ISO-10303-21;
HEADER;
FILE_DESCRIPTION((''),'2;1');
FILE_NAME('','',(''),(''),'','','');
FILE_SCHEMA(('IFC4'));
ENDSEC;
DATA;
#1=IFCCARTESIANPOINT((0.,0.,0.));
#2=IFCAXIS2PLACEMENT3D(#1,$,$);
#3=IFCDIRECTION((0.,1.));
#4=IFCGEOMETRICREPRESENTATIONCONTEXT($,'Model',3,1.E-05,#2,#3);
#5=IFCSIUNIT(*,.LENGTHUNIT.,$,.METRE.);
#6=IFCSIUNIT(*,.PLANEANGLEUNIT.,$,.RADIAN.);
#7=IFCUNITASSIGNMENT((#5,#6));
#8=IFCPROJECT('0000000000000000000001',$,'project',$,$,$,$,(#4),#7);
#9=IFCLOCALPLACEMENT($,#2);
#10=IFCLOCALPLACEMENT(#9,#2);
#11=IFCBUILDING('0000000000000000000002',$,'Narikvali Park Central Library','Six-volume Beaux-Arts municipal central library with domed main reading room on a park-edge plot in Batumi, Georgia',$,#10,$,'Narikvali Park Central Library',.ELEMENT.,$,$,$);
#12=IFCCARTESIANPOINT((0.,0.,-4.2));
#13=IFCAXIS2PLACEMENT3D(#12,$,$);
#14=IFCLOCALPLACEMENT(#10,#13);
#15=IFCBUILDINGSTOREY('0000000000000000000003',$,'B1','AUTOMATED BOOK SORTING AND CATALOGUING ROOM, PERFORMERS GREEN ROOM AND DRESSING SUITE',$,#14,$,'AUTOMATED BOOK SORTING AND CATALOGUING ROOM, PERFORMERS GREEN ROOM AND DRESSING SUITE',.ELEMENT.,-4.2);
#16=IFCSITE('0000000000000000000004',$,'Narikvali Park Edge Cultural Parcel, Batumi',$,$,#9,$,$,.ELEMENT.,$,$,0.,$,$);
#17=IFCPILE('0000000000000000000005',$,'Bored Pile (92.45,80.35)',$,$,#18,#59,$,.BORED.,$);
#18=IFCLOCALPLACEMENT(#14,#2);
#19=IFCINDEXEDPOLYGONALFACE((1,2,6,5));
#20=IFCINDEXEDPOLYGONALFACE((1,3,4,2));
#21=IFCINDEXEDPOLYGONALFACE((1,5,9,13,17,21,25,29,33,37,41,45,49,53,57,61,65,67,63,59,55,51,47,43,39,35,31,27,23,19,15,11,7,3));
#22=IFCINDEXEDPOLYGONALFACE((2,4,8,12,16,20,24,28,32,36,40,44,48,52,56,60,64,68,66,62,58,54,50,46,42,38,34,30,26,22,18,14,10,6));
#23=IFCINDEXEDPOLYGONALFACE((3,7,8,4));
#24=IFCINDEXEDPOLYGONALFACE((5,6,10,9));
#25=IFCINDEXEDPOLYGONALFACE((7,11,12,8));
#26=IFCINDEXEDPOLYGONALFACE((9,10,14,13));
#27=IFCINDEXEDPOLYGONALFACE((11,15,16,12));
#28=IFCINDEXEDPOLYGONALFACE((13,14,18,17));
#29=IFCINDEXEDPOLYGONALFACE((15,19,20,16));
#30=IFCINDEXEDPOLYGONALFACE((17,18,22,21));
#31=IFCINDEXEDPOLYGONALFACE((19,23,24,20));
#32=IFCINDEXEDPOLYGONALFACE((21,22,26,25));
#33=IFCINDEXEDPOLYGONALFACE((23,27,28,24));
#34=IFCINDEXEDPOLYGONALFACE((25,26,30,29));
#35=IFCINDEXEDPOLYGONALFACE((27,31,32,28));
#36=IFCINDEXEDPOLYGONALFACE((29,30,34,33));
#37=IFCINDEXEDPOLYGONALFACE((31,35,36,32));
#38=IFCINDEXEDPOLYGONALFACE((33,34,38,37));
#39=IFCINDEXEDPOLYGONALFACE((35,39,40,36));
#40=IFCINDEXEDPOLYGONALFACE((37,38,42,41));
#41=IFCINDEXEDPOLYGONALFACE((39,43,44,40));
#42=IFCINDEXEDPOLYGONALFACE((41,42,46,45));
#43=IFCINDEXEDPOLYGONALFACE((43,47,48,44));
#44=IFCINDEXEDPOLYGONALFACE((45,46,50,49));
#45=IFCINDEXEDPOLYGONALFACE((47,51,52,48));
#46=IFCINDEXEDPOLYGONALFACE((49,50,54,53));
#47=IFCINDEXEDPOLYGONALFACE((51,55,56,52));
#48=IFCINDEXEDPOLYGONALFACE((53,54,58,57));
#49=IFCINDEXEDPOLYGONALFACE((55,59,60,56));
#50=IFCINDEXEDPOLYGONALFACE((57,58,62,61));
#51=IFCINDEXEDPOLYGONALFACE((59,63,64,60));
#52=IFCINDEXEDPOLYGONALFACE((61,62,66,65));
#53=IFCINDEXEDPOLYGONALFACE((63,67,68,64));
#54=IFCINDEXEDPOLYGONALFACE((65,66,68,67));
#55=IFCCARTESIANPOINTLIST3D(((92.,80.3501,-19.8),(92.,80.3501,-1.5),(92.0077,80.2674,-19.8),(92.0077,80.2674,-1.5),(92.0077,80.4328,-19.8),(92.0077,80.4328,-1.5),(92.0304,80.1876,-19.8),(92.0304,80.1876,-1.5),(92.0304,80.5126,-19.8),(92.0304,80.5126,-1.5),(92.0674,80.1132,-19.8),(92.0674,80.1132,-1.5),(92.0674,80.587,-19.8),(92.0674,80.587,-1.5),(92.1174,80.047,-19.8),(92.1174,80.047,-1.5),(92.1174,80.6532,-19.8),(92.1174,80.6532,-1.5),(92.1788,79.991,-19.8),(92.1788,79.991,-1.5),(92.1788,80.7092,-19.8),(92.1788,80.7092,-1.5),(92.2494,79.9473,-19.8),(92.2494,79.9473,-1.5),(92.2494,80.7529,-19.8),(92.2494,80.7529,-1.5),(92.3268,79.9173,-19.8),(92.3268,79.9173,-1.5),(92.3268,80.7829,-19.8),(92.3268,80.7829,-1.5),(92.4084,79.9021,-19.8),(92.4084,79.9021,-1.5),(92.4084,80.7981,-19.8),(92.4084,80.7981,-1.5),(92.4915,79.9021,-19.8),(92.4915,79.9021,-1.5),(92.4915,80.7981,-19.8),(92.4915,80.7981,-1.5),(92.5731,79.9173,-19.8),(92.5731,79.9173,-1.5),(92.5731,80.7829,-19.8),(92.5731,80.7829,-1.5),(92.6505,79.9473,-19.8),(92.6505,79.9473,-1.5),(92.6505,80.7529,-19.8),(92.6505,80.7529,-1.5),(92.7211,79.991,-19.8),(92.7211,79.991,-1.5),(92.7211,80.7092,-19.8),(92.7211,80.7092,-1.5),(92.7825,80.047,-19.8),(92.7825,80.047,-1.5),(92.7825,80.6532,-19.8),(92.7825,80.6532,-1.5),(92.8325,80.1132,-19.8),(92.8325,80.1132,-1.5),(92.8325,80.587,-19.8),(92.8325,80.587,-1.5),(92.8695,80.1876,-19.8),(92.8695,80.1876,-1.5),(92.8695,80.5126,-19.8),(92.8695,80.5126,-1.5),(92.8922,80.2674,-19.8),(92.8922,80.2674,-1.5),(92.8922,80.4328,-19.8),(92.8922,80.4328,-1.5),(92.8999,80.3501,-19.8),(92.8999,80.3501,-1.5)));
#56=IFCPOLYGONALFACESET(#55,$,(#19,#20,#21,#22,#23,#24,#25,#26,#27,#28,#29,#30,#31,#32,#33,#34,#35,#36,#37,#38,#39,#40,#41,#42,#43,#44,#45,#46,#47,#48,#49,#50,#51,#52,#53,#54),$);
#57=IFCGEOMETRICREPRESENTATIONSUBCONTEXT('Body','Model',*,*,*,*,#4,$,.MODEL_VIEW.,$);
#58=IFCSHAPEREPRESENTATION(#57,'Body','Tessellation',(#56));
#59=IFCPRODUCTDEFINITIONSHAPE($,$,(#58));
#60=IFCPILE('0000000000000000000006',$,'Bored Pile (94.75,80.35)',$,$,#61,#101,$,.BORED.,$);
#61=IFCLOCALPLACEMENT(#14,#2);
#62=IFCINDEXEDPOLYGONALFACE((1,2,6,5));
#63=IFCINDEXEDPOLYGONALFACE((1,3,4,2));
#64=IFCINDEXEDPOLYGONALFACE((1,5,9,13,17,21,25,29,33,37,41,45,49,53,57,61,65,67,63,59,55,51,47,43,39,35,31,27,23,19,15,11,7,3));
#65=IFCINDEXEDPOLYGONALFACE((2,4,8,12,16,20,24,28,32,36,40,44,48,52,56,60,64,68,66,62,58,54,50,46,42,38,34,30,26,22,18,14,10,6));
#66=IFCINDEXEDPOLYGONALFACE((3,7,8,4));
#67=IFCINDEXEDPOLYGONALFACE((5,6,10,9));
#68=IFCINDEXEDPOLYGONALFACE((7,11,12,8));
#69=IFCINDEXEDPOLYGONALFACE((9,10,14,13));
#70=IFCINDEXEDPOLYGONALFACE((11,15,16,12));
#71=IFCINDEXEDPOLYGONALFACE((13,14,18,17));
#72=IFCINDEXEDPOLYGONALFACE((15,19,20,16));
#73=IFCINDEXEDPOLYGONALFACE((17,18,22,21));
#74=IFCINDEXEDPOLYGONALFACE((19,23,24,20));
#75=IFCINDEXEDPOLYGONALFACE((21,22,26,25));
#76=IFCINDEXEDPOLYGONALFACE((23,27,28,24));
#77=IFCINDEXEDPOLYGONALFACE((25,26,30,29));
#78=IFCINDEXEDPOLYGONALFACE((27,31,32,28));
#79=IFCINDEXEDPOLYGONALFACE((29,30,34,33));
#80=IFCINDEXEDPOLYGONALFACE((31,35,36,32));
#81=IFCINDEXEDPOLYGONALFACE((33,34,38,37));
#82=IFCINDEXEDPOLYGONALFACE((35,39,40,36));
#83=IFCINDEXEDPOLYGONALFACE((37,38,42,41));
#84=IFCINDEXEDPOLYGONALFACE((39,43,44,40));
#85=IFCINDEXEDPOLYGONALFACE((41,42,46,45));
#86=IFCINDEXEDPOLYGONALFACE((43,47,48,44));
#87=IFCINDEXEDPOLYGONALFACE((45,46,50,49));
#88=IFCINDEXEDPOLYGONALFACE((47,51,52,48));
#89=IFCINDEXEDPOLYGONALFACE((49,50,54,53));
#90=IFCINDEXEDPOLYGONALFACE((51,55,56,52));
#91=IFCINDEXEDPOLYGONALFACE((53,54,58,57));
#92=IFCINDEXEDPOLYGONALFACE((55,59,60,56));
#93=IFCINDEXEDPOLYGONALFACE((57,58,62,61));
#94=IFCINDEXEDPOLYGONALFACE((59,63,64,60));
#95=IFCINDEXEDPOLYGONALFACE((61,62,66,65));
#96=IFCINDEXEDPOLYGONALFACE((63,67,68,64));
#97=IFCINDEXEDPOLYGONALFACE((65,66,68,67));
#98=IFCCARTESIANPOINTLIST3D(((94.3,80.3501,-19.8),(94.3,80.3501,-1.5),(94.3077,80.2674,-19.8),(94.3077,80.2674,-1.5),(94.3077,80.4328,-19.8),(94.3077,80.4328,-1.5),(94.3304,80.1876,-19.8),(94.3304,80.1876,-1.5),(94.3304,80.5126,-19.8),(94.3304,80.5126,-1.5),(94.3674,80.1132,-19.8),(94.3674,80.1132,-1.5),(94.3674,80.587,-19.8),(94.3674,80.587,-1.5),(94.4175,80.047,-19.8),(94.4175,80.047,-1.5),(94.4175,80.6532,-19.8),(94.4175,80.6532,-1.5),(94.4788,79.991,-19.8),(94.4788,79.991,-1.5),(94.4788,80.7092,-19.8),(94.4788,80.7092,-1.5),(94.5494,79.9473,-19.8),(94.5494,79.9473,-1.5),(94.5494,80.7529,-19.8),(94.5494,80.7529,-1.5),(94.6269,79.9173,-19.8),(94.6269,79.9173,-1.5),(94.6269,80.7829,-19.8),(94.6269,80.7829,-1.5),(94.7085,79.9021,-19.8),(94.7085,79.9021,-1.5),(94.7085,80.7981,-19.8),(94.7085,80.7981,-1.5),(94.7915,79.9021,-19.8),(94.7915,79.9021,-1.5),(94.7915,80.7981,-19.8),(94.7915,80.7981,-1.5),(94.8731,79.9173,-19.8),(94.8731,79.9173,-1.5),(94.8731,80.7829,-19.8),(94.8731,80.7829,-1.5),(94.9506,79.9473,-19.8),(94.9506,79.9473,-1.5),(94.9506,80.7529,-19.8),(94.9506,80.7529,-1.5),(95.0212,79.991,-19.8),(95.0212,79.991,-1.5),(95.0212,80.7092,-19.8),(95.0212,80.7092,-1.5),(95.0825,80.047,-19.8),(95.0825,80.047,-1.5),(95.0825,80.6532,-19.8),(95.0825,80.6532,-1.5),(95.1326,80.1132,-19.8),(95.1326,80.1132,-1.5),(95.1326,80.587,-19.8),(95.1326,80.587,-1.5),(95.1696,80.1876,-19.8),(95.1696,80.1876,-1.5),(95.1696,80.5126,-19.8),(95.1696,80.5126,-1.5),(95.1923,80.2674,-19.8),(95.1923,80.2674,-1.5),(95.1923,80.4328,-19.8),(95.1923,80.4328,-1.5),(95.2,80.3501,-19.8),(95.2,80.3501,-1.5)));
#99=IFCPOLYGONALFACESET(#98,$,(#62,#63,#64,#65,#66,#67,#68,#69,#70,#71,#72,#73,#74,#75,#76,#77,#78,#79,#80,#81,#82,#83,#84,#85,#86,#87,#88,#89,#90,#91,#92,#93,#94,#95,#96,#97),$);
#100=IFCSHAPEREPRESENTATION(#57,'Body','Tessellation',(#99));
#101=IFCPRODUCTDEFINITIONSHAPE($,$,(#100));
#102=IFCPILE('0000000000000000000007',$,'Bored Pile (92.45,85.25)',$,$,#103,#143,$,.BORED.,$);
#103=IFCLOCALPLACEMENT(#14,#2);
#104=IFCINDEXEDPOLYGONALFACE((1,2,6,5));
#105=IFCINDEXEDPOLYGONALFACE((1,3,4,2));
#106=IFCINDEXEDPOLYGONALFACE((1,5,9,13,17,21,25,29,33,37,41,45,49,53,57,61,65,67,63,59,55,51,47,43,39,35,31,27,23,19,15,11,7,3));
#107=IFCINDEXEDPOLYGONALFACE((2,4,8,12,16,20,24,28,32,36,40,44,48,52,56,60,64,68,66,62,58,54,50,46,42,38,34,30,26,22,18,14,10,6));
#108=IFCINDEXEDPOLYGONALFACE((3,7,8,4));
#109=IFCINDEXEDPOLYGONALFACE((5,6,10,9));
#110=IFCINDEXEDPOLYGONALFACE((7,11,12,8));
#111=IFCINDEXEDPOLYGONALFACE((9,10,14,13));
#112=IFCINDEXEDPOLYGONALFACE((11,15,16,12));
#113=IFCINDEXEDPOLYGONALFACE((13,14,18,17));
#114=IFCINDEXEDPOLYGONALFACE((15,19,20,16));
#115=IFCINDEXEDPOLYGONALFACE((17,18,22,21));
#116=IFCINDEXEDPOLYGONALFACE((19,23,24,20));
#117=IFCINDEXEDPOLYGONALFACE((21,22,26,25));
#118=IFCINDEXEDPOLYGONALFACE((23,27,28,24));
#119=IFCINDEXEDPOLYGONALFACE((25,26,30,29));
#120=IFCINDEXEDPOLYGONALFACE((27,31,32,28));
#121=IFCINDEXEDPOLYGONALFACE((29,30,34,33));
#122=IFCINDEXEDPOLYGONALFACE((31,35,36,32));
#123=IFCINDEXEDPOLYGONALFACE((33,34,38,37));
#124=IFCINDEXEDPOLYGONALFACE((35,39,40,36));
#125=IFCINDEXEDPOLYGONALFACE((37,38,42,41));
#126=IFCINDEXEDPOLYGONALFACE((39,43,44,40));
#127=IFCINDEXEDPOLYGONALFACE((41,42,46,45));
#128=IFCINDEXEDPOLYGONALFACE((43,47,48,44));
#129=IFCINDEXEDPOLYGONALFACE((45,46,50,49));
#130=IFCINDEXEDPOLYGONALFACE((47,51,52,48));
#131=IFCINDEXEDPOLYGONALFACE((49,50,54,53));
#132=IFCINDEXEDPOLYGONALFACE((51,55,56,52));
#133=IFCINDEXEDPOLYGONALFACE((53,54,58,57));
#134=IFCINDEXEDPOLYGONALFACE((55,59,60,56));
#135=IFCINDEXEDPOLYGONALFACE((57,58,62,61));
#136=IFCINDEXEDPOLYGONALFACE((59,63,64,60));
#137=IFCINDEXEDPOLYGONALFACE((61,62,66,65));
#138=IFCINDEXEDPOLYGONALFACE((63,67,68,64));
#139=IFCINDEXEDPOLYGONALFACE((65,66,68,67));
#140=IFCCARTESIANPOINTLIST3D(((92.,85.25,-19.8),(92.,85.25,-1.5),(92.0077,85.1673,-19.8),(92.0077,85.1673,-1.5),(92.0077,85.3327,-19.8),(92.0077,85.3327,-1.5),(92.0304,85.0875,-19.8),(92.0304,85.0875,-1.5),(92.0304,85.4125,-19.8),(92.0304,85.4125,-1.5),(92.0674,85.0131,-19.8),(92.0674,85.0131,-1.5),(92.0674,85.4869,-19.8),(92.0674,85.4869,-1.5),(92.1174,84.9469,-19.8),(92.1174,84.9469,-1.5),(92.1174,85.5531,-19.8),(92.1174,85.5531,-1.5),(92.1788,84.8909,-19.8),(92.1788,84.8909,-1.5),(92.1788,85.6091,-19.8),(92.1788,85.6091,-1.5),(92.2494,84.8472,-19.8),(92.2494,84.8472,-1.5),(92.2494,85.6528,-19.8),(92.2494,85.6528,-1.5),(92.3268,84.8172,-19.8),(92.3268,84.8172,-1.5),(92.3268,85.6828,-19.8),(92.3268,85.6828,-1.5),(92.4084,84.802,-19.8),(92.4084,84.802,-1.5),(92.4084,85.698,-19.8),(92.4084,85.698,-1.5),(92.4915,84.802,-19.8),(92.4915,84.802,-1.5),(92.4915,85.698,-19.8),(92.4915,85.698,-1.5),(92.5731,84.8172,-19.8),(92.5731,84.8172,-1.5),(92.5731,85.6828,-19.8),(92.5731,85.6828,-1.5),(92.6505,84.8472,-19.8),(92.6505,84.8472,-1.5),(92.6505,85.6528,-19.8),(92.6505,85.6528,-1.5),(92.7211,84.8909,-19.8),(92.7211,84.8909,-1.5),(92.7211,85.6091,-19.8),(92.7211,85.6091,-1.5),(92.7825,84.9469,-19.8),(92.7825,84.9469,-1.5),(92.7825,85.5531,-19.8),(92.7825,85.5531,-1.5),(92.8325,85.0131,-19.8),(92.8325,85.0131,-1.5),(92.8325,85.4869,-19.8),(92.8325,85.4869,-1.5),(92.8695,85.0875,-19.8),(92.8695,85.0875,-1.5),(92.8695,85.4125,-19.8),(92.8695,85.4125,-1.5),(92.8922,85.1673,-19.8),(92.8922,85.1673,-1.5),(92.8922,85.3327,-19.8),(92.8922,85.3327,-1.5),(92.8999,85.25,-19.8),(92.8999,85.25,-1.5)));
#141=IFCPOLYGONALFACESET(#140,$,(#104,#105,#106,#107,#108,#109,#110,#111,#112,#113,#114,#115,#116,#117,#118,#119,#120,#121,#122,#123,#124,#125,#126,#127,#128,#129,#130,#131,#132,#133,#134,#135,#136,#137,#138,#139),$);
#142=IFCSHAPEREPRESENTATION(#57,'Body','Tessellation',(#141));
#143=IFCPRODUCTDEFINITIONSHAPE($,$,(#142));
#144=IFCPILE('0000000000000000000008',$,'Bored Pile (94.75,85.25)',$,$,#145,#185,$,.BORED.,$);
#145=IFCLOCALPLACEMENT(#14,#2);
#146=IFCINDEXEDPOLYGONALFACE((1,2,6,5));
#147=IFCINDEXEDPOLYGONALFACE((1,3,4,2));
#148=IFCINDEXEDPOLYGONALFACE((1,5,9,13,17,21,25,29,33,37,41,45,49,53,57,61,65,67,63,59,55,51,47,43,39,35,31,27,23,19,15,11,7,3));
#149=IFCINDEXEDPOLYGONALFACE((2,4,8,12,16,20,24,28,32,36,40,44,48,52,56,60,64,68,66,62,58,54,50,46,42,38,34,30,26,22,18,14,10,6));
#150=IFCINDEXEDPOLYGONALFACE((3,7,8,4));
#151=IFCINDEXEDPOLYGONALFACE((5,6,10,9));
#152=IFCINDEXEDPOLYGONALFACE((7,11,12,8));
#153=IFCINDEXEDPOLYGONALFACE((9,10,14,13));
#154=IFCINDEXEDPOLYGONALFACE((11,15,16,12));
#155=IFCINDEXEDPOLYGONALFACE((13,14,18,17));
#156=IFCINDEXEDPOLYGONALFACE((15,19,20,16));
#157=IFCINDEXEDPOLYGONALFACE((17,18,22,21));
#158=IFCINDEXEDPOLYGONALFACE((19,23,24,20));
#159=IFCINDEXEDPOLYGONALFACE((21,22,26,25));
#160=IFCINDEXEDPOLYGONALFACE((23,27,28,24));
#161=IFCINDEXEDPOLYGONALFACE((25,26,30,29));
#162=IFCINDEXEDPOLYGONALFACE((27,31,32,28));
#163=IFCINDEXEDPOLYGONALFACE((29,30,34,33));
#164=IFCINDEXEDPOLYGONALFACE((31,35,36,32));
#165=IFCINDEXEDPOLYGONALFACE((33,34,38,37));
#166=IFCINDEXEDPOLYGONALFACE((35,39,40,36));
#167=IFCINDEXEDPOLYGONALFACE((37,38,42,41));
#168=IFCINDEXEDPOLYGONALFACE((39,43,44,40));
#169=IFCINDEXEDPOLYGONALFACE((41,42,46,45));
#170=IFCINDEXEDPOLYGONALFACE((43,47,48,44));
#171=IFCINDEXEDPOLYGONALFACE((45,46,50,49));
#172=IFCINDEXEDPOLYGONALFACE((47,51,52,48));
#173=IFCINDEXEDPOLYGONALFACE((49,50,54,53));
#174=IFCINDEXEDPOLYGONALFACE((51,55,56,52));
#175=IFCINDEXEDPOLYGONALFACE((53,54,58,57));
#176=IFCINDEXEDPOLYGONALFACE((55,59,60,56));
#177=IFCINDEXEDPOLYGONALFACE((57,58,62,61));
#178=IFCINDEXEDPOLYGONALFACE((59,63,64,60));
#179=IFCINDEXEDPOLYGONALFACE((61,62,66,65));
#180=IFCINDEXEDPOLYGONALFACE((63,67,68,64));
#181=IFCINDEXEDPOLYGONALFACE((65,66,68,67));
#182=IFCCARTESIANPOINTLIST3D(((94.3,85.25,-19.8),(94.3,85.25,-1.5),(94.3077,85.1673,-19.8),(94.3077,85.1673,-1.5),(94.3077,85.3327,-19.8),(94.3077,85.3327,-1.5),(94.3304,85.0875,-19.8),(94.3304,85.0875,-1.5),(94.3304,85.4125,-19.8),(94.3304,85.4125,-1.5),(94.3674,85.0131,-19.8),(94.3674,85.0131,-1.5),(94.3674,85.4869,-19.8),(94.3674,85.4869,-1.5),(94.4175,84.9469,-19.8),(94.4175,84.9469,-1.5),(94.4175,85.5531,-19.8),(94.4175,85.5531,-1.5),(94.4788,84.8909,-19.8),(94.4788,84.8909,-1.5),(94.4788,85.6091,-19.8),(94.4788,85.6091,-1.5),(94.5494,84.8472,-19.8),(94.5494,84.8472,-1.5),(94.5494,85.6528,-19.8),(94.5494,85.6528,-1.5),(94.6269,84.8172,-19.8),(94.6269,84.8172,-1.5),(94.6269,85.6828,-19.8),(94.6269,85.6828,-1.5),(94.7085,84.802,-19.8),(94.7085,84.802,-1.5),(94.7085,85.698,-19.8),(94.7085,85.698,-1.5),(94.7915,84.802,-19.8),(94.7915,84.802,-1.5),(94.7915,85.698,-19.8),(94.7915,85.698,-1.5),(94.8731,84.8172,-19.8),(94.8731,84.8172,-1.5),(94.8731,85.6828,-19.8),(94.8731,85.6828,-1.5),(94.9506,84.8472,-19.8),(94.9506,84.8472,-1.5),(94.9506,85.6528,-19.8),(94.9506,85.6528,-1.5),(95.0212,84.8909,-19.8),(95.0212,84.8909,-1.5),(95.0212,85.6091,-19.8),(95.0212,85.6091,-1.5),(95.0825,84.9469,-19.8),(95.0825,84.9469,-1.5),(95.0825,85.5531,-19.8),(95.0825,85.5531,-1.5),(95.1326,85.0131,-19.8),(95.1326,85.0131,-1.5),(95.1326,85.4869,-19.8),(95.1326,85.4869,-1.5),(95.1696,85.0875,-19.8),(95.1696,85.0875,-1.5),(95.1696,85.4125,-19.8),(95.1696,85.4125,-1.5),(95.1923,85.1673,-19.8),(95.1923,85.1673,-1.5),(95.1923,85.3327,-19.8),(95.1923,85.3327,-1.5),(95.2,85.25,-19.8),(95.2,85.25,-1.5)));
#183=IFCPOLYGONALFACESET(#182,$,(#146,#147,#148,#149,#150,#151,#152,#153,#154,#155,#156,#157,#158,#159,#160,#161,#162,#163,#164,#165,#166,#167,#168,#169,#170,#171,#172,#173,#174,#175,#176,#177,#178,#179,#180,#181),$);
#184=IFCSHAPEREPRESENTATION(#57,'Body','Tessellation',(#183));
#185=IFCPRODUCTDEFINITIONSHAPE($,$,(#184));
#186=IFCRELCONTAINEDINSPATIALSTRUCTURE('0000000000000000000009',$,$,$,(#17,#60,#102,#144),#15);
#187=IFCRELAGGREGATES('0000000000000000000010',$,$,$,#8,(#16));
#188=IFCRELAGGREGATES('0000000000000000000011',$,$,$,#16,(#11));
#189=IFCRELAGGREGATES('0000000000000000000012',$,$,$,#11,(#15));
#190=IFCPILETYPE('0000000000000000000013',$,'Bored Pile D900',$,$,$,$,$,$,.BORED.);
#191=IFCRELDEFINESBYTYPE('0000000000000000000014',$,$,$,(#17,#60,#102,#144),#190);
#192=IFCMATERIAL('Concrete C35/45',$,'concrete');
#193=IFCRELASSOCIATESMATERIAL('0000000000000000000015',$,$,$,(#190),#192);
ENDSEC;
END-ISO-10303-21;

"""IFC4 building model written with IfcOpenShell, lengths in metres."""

from ifc_helpers import new_model, si_unit, direction, frame, origin, origin_2d, place, context, subcontext, project, spatial, circle, extrude, material, material_profile, profile_set, type_object, element, save


model = new_model("IFC4")

# Units and contexts
model_context = context("Model", 3, precision=1e-05, world=origin(), true_north=direction((0.0, 1.0)))
body_context = subcontext(model_context, "Body", "Model", "MODEL_VIEW")
ifc_project = project(units=[si_unit("LENGTHUNIT", "METRE"), si_unit("PLANEANGLEUNIT", "RADIAN")], contexts=[model_context])

# Site, building, storey
site_placement = place(None, origin())
site = spatial("IfcSite", under=ifc_project, at=site_placement, Name="Narikvali Park Edge Cultural Parcel, Batumi", CompositionType="ELEMENT", RefElevation=0.0)
building_placement = place(site_placement, origin())
building = spatial("IfcBuilding", under=site, at=building_placement, Name="Narikvali Park Central Library", Description="Six-volume Beaux-Arts municipal central library with domed main reading room on a park-edge plot in Batumi, Georgia", LongName="Narikvali Park Central Library", CompositionType="ELEMENT")
storey_placement = place(building_placement, frame((0.0, 0.0, -4.2)))
storey = spatial("IfcBuildingStorey", under=building, at=storey_placement, Name="B1", Description="AUTOMATED BOOK SORTING AND CATALOGUING ROOM, PERFORMERS GREEN ROOM AND DRESSING SUITE", LongName="AUTOMATED BOOK SORTING AND CATALOGUING ROOM, PERFORMERS GREEN ROOM AND DRESSING SUITE", CompositionType="ELEMENT", Elevation=-4.2)

# Piles
ifc_material_1 = material(Name="Concrete C35/45", Category="concrete")
ifc_material_profile_1 = material_profile(ifc_material_1, circle(Radius=0.45, at=origin_2d()), Name="PILE D900")
ifc_profile_set_1 = profile_set([ifc_material_profile_1], Name="Concrete C35/45")
pile_type = type_object("IfcPileType", Name="Bored Pile D900", PredefinedType="BORED", material=ifc_profile_set_1)
for number, where, z_axis, x_axis, name in (
    (1, (92.45, 80.3501, -1.5), (0.0, 0.0, -1.0), (1.0, 0.0, 0.0), "Bored Pile (92.45,80.35)"),
    (2, (94.75, 80.3501, -1.5), (0.0, 0.0, -1.0), (1.0, 0.0, 0.0), "Bored Pile (94.75,80.35)"),
    (3, (92.45, 85.25, -1.5), (0.0, 0.0, -1.0), (1.0, 0.0, 0.0), "Bored Pile (92.45,85.25)"),
    (4, (94.75, 85.25, -1.5), (0.0, 0.0, -1.0), (1.0, 0.0, 0.0), "Bored Pile (94.75,85.25)"),
):
    element("IfcPile", number, at=place(storey_placement, frame(where, z_axis=z_axis, x_axis=x_axis)), inside=storey, type_object=pile_type, Name=name, PredefinedType="BORED", context=body_context, shape_type="SweptSolid", body=[
        extrude(circle(Radius=0.45, at=origin_2d()), origin(), (0.0, 0.0, 1.0), 18.3),
    ])

save(model, "model.ifc")
